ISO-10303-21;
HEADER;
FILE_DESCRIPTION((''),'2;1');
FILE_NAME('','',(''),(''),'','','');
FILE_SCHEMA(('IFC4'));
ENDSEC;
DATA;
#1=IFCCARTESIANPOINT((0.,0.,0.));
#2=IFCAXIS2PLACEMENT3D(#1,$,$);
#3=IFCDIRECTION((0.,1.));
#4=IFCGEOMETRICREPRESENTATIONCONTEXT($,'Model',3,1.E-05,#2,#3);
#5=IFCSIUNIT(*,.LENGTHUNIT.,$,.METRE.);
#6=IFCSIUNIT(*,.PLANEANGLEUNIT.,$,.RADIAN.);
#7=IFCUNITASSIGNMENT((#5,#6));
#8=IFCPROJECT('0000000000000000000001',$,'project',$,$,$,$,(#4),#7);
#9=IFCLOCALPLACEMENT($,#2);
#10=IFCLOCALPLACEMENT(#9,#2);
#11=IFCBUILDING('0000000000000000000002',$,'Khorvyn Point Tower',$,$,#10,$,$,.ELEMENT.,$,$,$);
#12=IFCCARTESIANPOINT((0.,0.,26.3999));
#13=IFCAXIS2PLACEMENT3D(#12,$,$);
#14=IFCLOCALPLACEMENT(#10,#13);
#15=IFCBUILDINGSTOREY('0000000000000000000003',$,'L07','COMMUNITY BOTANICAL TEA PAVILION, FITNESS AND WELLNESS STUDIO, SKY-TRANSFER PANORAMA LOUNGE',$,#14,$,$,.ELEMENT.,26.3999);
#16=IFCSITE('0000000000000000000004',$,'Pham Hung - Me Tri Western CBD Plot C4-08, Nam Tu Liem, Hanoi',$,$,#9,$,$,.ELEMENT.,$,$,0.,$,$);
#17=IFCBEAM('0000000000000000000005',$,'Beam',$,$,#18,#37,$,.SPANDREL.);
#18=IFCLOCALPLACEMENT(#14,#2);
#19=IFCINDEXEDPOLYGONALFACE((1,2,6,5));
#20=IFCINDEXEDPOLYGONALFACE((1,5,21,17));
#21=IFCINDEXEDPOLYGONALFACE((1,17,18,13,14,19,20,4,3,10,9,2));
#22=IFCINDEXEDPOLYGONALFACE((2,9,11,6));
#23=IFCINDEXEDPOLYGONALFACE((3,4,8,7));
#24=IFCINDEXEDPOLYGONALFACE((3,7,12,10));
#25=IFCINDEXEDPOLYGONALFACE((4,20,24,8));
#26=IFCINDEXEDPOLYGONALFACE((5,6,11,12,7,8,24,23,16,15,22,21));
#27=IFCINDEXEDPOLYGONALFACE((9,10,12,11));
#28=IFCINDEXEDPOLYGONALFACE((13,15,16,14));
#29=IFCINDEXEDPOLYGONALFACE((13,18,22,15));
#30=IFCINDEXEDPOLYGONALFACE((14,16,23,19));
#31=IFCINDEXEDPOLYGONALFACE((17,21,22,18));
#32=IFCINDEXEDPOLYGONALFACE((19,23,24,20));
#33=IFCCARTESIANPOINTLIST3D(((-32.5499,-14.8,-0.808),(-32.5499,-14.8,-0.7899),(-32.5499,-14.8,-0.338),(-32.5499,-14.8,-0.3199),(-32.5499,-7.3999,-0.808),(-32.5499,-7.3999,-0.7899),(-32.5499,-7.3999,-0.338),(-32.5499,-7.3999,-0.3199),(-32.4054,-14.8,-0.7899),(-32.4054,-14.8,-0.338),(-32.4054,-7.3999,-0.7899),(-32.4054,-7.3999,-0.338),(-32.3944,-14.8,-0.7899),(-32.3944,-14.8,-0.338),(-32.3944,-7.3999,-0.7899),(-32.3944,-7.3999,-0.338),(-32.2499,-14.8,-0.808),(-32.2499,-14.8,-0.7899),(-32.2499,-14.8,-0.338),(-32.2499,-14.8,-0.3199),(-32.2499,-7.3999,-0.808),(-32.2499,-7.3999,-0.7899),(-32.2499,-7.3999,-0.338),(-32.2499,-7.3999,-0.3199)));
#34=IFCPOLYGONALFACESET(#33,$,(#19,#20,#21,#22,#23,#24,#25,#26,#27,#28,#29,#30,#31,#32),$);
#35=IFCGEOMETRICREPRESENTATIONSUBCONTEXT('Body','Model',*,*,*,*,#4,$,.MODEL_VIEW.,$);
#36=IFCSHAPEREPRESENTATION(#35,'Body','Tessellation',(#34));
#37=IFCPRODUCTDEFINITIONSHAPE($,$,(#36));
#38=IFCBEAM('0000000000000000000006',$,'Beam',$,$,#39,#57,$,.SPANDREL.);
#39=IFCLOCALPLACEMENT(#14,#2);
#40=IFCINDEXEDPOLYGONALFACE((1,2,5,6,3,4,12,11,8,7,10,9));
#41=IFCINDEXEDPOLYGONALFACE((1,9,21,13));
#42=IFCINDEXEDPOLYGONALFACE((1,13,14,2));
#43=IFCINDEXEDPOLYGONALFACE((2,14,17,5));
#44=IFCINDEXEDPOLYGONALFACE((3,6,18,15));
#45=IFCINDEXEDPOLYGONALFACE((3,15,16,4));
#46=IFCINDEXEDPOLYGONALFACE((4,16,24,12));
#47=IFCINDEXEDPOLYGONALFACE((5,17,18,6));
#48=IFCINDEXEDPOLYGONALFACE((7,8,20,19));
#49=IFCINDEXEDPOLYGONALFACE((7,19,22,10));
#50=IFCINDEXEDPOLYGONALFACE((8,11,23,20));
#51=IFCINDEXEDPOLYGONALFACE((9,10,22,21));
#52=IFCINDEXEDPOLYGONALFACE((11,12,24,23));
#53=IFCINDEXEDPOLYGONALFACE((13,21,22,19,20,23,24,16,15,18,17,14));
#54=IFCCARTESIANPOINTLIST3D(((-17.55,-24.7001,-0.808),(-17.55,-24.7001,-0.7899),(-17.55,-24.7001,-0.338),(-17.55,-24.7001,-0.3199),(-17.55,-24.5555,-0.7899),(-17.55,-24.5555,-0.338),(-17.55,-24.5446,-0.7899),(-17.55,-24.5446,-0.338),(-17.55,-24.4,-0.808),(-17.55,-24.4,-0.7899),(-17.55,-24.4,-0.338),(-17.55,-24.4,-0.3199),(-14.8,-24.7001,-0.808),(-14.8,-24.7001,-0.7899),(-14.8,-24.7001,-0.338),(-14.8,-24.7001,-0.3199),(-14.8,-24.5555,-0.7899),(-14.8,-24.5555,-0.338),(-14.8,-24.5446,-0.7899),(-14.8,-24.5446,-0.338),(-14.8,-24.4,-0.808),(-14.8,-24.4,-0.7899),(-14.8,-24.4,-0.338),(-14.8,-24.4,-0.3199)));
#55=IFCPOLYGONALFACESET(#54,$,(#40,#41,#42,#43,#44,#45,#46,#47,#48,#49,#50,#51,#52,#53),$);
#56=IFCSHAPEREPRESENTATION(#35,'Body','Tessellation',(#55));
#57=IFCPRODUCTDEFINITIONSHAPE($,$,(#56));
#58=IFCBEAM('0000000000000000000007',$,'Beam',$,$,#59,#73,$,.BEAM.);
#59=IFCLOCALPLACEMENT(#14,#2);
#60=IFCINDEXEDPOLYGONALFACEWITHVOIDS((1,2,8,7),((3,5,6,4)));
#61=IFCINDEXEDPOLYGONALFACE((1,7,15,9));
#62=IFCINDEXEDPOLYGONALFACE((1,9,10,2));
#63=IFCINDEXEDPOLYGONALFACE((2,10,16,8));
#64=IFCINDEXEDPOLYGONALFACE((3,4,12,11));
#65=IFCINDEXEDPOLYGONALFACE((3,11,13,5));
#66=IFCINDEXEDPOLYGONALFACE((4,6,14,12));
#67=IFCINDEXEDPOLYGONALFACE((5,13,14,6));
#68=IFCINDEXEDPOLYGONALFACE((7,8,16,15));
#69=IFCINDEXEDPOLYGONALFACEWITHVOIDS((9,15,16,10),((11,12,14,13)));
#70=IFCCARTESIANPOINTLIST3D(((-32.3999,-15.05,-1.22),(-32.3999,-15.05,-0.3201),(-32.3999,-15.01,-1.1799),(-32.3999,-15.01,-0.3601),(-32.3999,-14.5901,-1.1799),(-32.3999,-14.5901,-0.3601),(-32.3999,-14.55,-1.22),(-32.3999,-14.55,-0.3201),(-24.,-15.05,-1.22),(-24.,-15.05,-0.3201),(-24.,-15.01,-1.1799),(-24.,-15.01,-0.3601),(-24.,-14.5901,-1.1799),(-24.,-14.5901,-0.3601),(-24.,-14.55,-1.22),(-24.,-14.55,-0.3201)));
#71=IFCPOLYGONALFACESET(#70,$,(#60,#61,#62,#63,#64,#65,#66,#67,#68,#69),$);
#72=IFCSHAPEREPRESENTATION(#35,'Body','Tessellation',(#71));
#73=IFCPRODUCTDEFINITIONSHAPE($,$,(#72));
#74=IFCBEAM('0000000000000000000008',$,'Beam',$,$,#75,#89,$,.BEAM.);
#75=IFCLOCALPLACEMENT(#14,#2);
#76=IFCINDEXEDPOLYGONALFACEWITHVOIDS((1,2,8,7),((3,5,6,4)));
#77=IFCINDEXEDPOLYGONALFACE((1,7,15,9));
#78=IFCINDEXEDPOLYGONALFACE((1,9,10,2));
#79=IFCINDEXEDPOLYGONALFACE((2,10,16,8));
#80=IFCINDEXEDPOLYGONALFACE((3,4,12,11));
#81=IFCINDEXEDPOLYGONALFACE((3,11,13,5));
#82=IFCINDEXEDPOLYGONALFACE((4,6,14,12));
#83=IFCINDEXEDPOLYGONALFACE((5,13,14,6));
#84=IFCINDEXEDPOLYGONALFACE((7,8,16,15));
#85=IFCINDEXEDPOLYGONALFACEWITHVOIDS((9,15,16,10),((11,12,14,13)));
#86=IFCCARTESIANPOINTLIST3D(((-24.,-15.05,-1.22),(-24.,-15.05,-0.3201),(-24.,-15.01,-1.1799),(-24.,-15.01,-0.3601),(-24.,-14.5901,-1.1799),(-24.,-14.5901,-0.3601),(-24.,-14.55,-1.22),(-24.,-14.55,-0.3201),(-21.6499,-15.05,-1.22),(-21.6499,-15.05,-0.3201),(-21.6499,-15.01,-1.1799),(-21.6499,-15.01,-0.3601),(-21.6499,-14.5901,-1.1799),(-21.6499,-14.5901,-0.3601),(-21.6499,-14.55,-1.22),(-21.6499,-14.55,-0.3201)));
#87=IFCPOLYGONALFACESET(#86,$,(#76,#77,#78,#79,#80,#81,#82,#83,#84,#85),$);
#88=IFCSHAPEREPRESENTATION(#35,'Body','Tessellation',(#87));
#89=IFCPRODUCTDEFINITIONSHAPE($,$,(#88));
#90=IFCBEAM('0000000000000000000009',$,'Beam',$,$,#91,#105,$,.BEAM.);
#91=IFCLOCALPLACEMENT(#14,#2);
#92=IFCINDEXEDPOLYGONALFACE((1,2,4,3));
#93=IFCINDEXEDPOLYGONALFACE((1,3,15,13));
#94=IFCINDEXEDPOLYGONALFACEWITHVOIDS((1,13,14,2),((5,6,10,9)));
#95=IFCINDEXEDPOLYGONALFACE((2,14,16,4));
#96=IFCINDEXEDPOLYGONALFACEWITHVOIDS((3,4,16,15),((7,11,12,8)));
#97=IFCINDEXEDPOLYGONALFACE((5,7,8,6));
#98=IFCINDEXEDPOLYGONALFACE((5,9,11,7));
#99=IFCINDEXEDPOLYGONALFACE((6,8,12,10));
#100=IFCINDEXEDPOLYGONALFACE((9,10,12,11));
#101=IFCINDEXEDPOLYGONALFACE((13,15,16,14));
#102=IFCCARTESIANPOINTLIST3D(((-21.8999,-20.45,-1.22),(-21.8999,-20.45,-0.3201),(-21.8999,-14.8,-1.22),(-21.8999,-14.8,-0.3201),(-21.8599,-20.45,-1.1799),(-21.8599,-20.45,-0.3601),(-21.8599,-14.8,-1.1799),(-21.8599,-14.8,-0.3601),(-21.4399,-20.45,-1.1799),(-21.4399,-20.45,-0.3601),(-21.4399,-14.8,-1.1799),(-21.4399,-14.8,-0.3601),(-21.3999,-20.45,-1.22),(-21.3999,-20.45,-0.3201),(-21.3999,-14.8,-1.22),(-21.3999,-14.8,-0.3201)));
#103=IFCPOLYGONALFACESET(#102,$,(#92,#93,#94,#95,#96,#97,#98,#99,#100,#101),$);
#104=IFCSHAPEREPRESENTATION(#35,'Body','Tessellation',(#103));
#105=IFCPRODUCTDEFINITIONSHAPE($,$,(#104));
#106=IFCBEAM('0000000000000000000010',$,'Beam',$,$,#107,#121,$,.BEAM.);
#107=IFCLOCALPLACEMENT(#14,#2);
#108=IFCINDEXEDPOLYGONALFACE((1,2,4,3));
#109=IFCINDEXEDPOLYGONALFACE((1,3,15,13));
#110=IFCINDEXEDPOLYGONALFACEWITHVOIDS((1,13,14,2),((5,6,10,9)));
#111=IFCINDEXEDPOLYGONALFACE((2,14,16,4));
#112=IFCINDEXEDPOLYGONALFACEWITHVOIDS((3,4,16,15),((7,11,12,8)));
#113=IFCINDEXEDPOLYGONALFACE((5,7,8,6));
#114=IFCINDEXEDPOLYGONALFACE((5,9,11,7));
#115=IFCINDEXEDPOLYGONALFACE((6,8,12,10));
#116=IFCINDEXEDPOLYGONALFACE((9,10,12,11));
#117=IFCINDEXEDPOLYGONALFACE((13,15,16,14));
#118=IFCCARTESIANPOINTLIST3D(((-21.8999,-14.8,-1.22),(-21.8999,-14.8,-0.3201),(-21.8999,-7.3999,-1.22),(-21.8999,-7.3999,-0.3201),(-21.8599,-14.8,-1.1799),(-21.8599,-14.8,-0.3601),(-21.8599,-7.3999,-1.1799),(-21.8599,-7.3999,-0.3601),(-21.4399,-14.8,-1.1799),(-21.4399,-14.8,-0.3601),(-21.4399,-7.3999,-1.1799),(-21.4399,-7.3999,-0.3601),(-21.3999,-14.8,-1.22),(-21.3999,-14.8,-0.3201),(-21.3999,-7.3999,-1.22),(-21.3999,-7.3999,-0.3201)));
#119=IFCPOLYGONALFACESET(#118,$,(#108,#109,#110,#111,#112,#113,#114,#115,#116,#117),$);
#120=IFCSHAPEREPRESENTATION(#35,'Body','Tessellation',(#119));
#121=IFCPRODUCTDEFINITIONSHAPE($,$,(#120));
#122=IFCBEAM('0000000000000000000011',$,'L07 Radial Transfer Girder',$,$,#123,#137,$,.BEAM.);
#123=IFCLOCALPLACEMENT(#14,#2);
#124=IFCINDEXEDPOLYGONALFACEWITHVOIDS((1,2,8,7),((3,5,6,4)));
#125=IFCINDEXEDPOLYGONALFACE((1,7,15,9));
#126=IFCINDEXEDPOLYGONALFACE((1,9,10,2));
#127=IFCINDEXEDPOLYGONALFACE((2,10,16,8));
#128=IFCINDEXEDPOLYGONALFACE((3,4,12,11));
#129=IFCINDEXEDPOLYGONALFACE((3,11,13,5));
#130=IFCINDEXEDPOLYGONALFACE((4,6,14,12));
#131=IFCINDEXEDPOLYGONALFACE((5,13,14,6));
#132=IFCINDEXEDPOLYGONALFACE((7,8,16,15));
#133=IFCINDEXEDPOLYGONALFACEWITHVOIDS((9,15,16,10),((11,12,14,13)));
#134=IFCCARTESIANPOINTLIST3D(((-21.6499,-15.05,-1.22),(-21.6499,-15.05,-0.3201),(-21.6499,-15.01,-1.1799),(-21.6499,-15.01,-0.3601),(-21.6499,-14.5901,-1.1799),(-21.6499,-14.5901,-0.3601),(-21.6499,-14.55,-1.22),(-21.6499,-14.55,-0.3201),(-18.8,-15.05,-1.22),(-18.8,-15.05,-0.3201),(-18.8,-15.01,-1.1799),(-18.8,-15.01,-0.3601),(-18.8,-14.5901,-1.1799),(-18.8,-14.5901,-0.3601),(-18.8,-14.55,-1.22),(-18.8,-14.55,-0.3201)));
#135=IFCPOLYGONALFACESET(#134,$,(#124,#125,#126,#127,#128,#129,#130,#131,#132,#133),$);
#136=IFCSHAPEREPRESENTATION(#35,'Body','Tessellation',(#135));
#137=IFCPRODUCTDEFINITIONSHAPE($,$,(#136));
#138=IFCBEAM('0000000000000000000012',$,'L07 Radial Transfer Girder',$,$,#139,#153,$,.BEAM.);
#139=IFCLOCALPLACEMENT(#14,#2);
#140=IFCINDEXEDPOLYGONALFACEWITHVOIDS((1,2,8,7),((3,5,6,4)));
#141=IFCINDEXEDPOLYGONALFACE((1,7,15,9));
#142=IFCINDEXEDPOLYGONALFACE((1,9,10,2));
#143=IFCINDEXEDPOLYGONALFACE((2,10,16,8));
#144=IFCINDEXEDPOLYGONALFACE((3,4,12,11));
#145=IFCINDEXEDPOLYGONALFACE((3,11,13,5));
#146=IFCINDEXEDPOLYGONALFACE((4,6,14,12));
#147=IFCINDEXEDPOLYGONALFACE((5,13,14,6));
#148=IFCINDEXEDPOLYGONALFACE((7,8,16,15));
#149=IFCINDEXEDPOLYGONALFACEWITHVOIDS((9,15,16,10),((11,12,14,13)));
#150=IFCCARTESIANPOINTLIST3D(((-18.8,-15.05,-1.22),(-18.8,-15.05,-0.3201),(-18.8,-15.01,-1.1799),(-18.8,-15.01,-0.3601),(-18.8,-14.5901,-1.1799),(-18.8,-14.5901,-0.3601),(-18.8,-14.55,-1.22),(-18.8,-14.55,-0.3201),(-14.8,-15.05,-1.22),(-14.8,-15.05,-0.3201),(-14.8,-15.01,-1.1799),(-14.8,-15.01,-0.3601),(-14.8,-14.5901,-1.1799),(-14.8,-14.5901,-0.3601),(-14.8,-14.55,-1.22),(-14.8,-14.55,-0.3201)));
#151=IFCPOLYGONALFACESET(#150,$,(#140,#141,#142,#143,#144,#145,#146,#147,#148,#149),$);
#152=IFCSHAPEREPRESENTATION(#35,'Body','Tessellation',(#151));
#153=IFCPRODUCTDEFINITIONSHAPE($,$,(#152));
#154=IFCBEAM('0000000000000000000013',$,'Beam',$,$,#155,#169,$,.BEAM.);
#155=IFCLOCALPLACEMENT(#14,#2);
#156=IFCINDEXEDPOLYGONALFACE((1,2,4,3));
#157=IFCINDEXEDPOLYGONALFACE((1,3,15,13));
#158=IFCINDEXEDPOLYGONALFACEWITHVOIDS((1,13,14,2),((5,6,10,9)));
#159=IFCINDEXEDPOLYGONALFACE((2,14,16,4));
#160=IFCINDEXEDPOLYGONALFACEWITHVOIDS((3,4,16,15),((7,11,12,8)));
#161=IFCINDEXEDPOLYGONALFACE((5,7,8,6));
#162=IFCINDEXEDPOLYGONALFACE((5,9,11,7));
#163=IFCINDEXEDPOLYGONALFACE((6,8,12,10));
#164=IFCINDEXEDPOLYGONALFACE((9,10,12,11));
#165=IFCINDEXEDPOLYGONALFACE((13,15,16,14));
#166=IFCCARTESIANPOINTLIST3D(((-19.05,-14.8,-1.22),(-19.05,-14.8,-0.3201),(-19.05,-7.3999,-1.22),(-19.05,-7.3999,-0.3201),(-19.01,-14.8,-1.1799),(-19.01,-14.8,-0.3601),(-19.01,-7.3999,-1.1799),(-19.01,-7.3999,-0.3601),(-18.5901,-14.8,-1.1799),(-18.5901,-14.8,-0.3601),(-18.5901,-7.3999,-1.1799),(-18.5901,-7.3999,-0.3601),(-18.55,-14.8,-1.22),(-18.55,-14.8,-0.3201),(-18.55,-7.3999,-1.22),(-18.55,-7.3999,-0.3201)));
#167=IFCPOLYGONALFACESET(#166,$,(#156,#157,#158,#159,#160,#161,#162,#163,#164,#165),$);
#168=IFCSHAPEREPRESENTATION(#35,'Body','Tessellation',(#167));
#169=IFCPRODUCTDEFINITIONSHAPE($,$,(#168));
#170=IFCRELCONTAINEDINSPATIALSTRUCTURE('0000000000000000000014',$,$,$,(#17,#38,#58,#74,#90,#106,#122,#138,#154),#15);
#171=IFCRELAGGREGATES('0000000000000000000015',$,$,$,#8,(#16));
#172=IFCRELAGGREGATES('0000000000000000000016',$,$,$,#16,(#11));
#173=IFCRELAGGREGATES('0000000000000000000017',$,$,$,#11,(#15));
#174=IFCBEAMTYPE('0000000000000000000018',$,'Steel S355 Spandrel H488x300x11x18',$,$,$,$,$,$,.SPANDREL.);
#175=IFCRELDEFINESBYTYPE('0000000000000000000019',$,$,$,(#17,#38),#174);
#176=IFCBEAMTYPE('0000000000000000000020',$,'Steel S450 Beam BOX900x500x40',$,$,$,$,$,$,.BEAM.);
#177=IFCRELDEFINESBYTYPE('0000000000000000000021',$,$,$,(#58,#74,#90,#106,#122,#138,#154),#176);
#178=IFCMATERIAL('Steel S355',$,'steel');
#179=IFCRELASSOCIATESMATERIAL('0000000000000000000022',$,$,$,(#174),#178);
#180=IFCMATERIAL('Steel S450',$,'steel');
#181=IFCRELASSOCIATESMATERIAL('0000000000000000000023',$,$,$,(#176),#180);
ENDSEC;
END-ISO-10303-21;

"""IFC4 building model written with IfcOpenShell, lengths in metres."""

from ifc_helpers import new_model, si_unit, direction, frame, origin, origin_2d, place, context, subcontext, project, spatial, hollow_rectangle, i_section, extrude, material, material_profile, profile_set, type_object, element, save


model = new_model("IFC4")

# Units and contexts
model_context = context("Model", 3, precision=1e-05, world=origin(), true_north=direction((0.0, 1.0)))
body_context = subcontext(model_context, "Body", "Model", "MODEL_VIEW")
ifc_project = project(units=[si_unit("LENGTHUNIT", "METRE"), si_unit("PLANEANGLEUNIT", "RADIAN")], contexts=[model_context])

# Site, building, storey
site_placement = place(None, origin())
site = spatial("IfcSite", under=ifc_project, at=site_placement, Name="Pham Hung - Me Tri Western CBD Plot C4-08, Nam Tu Liem, Hanoi", CompositionType="ELEMENT", RefElevation=0.0)
building_placement = place(site_placement, origin())
building = spatial("IfcBuilding", under=site, at=building_placement, Name="Khorvyn Point Tower", CompositionType="ELEMENT")
storey_placement = place(building_placement, frame((0.0, 0.0, 26.3999)))
storey = spatial("IfcBuildingStorey", under=building, at=storey_placement, Name="L07", Description="COMMUNITY BOTANICAL TEA PAVILION, FITNESS AND WELLNESS STUDIO, SKY-TRANSFER PANORAMA LOUNGE", CompositionType="ELEMENT", Elevation=26.3999)

# Shared definitions
ifc_material_1 = material(Name="Steel S450", Category="steel")

# Beams
ifc_material_2 = material(Name="Steel S355", Category="steel")
ifc_material_profile_1 = material_profile(ifc_material_2, i_section(OverallWidth=0.3, OverallDepth=0.488, WebThickness=0.011, FlangeThickness=0.0181, at=origin_2d()))
ifc_profile_set_1 = profile_set([ifc_material_profile_1], Name="Steel S355 H488x300x11x18")
beam_type_1 = type_object("IfcBeamType", Name="Steel S355 Spandrel H488x300x11x18", PredefinedType="SPANDREL", material=ifc_profile_set_1)
beam_1_placement = place(storey_placement, frame((-32.3999, -14.8, -0.564), z_axis=(0.0, 1.0, 0.0), x_axis=(-1.0, 0.0, 0.0)))
element("IfcBeam", 1, at=beam_1_placement, inside=storey, type_object=beam_type_1, Name="Beam", PredefinedType="SPANDREL", context=body_context, shape_type="SweptSolid", body=[
    extrude(i_section(OverallWidth=0.3, OverallDepth=0.488, WebThickness=0.011, FlangeThickness=0.0181, at=origin_2d()), origin(), (0.0, 0.0, 1.0), 7.4001),
])
beam_2_placement = place(storey_placement, frame((-17.55, -24.55, -0.564), z_axis=(1.0, 0.0, 0.0), x_axis=(0.0, 1.0, 0.0)))
element("IfcBeam", 2, at=beam_2_placement, inside=storey, type_object=beam_type_1, Name="Beam", PredefinedType="SPANDREL", context=body_context, shape_type="SweptSolid", body=[
    extrude(i_section(OverallWidth=0.3, OverallDepth=0.488, WebThickness=0.011, FlangeThickness=0.0181, at=origin_2d()), origin(), (0.0, 0.0, 1.0), 2.75),
])
ifc_material_profile_2 = material_profile(ifc_material_1, hollow_rectangle(XDim=0.5, YDim=0.8999, WallThickness=0.04, at=origin_2d()))
ifc_profile_set_2 = profile_set([ifc_material_profile_2], Name="Steel S450 BOX900x500x40")
beam_type_2 = type_object("IfcBeamType", Name="Steel S450 Beam BOX900x500x40", PredefinedType="BEAM", material=ifc_profile_set_2)
beam_3_placement = place(storey_placement, frame((-32.3999, -14.8, -0.77), z_axis=(1.0, 0.0, 0.0), x_axis=(0.0, 1.0, 0.0)))
element("IfcBeam", 3, at=beam_3_placement, inside=storey, type_object=beam_type_2, Name="Beam", PredefinedType="BEAM", context=body_context, shape_type="SweptSolid", body=[
    extrude(hollow_rectangle(XDim=0.5, YDim=0.8999, WallThickness=0.04, at=origin_2d()), origin(), (0.0, 0.0, 1.0), 8.3999),
])
beam_4_placement = place(storey_placement, frame((-24.0, -14.8, -0.77), z_axis=(1.0, 0.0, 0.0), x_axis=(0.0, 1.0, 0.0)))
element("IfcBeam", 4, at=beam_4_placement, inside=storey, type_object=beam_type_2, Name="Beam", PredefinedType="BEAM", context=body_context, shape_type="SweptSolid", body=[
    extrude(hollow_rectangle(XDim=0.5, YDim=0.8999, WallThickness=0.04, at=origin_2d()), origin(), (0.0, 0.0, 1.0), 2.3501),
])
beam_5_placement = place(storey_placement, frame((-21.6499, -20.45, -0.77), z_axis=(0.0, 1.0, 0.0), x_axis=(-1.0, 0.0, 0.0)))
element("IfcBeam", 5, at=beam_5_placement, inside=storey, type_object=beam_type_2, Name="Beam", PredefinedType="BEAM", context=body_context, shape_type="SweptSolid", body=[
    extrude(hollow_rectangle(XDim=0.5, YDim=0.8999, WallThickness=0.04, at=origin_2d()), origin(), (0.0, 0.0, 1.0), 5.6499),
])
beam_6_placement = place(storey_placement, frame((-21.6499, -14.8, -0.77), z_axis=(0.0, 1.0, 0.0), x_axis=(-1.0, 0.0, 0.0)))
element("IfcBeam", 6, at=beam_6_placement, inside=storey, type_object=beam_type_2, Name="Beam", PredefinedType="BEAM", context=body_context, shape_type="SweptSolid", body=[
    extrude(hollow_rectangle(XDim=0.5, YDim=0.8999, WallThickness=0.04, at=origin_2d()), origin(), (0.0, 0.0, 1.0), 7.4001),
])
beam_7_placement = place(storey_placement, frame((-21.6499, -14.8, -0.77), z_axis=(1.0, 0.0, 0.0), x_axis=(0.0, 1.0, 0.0)))
element("IfcBeam", 7, at=beam_7_placement, inside=storey, type_object=beam_type_2, Name="L07 Radial Transfer Girder", PredefinedType="BEAM", context=body_context, shape_type="SweptSolid", body=[
    extrude(hollow_rectangle(XDim=0.5, YDim=0.8999, WallThickness=0.04, at=origin_2d()), origin(), (0.0, 0.0, 1.0), 2.8499),
])
beam_8_placement = place(storey_placement, frame((-18.8, -14.8, -0.77), z_axis=(1.0, 0.0, 0.0), x_axis=(0.0, 1.0, 0.0)))
element("IfcBeam", 8, at=beam_8_placement, inside=storey, type_object=beam_type_2, Name="L07 Radial Transfer Girder", PredefinedType="BEAM", context=body_context, shape_type="SweptSolid", body=[
    extrude(hollow_rectangle(XDim=0.5, YDim=0.8999, WallThickness=0.04, at=origin_2d()), origin(), (0.0, 0.0, 1.0), 4.0),
])
beam_9_placement = place(storey_placement, frame((-18.8, -14.8, -0.77), z_axis=(0.0, 1.0, 0.0), x_axis=(-1.0, 0.0, 0.0)))
element("IfcBeam", 9, at=beam_9_placement, inside=storey, type_object=beam_type_2, Name="Beam", PredefinedType="BEAM", context=body_context, shape_type="SweptSolid", body=[
    extrude(hollow_rectangle(XDim=0.5, YDim=0.8999, WallThickness=0.04, at=origin_2d()), origin(), (0.0, 0.0, 1.0), 7.4001),
])

save(model, "model.ifc")
